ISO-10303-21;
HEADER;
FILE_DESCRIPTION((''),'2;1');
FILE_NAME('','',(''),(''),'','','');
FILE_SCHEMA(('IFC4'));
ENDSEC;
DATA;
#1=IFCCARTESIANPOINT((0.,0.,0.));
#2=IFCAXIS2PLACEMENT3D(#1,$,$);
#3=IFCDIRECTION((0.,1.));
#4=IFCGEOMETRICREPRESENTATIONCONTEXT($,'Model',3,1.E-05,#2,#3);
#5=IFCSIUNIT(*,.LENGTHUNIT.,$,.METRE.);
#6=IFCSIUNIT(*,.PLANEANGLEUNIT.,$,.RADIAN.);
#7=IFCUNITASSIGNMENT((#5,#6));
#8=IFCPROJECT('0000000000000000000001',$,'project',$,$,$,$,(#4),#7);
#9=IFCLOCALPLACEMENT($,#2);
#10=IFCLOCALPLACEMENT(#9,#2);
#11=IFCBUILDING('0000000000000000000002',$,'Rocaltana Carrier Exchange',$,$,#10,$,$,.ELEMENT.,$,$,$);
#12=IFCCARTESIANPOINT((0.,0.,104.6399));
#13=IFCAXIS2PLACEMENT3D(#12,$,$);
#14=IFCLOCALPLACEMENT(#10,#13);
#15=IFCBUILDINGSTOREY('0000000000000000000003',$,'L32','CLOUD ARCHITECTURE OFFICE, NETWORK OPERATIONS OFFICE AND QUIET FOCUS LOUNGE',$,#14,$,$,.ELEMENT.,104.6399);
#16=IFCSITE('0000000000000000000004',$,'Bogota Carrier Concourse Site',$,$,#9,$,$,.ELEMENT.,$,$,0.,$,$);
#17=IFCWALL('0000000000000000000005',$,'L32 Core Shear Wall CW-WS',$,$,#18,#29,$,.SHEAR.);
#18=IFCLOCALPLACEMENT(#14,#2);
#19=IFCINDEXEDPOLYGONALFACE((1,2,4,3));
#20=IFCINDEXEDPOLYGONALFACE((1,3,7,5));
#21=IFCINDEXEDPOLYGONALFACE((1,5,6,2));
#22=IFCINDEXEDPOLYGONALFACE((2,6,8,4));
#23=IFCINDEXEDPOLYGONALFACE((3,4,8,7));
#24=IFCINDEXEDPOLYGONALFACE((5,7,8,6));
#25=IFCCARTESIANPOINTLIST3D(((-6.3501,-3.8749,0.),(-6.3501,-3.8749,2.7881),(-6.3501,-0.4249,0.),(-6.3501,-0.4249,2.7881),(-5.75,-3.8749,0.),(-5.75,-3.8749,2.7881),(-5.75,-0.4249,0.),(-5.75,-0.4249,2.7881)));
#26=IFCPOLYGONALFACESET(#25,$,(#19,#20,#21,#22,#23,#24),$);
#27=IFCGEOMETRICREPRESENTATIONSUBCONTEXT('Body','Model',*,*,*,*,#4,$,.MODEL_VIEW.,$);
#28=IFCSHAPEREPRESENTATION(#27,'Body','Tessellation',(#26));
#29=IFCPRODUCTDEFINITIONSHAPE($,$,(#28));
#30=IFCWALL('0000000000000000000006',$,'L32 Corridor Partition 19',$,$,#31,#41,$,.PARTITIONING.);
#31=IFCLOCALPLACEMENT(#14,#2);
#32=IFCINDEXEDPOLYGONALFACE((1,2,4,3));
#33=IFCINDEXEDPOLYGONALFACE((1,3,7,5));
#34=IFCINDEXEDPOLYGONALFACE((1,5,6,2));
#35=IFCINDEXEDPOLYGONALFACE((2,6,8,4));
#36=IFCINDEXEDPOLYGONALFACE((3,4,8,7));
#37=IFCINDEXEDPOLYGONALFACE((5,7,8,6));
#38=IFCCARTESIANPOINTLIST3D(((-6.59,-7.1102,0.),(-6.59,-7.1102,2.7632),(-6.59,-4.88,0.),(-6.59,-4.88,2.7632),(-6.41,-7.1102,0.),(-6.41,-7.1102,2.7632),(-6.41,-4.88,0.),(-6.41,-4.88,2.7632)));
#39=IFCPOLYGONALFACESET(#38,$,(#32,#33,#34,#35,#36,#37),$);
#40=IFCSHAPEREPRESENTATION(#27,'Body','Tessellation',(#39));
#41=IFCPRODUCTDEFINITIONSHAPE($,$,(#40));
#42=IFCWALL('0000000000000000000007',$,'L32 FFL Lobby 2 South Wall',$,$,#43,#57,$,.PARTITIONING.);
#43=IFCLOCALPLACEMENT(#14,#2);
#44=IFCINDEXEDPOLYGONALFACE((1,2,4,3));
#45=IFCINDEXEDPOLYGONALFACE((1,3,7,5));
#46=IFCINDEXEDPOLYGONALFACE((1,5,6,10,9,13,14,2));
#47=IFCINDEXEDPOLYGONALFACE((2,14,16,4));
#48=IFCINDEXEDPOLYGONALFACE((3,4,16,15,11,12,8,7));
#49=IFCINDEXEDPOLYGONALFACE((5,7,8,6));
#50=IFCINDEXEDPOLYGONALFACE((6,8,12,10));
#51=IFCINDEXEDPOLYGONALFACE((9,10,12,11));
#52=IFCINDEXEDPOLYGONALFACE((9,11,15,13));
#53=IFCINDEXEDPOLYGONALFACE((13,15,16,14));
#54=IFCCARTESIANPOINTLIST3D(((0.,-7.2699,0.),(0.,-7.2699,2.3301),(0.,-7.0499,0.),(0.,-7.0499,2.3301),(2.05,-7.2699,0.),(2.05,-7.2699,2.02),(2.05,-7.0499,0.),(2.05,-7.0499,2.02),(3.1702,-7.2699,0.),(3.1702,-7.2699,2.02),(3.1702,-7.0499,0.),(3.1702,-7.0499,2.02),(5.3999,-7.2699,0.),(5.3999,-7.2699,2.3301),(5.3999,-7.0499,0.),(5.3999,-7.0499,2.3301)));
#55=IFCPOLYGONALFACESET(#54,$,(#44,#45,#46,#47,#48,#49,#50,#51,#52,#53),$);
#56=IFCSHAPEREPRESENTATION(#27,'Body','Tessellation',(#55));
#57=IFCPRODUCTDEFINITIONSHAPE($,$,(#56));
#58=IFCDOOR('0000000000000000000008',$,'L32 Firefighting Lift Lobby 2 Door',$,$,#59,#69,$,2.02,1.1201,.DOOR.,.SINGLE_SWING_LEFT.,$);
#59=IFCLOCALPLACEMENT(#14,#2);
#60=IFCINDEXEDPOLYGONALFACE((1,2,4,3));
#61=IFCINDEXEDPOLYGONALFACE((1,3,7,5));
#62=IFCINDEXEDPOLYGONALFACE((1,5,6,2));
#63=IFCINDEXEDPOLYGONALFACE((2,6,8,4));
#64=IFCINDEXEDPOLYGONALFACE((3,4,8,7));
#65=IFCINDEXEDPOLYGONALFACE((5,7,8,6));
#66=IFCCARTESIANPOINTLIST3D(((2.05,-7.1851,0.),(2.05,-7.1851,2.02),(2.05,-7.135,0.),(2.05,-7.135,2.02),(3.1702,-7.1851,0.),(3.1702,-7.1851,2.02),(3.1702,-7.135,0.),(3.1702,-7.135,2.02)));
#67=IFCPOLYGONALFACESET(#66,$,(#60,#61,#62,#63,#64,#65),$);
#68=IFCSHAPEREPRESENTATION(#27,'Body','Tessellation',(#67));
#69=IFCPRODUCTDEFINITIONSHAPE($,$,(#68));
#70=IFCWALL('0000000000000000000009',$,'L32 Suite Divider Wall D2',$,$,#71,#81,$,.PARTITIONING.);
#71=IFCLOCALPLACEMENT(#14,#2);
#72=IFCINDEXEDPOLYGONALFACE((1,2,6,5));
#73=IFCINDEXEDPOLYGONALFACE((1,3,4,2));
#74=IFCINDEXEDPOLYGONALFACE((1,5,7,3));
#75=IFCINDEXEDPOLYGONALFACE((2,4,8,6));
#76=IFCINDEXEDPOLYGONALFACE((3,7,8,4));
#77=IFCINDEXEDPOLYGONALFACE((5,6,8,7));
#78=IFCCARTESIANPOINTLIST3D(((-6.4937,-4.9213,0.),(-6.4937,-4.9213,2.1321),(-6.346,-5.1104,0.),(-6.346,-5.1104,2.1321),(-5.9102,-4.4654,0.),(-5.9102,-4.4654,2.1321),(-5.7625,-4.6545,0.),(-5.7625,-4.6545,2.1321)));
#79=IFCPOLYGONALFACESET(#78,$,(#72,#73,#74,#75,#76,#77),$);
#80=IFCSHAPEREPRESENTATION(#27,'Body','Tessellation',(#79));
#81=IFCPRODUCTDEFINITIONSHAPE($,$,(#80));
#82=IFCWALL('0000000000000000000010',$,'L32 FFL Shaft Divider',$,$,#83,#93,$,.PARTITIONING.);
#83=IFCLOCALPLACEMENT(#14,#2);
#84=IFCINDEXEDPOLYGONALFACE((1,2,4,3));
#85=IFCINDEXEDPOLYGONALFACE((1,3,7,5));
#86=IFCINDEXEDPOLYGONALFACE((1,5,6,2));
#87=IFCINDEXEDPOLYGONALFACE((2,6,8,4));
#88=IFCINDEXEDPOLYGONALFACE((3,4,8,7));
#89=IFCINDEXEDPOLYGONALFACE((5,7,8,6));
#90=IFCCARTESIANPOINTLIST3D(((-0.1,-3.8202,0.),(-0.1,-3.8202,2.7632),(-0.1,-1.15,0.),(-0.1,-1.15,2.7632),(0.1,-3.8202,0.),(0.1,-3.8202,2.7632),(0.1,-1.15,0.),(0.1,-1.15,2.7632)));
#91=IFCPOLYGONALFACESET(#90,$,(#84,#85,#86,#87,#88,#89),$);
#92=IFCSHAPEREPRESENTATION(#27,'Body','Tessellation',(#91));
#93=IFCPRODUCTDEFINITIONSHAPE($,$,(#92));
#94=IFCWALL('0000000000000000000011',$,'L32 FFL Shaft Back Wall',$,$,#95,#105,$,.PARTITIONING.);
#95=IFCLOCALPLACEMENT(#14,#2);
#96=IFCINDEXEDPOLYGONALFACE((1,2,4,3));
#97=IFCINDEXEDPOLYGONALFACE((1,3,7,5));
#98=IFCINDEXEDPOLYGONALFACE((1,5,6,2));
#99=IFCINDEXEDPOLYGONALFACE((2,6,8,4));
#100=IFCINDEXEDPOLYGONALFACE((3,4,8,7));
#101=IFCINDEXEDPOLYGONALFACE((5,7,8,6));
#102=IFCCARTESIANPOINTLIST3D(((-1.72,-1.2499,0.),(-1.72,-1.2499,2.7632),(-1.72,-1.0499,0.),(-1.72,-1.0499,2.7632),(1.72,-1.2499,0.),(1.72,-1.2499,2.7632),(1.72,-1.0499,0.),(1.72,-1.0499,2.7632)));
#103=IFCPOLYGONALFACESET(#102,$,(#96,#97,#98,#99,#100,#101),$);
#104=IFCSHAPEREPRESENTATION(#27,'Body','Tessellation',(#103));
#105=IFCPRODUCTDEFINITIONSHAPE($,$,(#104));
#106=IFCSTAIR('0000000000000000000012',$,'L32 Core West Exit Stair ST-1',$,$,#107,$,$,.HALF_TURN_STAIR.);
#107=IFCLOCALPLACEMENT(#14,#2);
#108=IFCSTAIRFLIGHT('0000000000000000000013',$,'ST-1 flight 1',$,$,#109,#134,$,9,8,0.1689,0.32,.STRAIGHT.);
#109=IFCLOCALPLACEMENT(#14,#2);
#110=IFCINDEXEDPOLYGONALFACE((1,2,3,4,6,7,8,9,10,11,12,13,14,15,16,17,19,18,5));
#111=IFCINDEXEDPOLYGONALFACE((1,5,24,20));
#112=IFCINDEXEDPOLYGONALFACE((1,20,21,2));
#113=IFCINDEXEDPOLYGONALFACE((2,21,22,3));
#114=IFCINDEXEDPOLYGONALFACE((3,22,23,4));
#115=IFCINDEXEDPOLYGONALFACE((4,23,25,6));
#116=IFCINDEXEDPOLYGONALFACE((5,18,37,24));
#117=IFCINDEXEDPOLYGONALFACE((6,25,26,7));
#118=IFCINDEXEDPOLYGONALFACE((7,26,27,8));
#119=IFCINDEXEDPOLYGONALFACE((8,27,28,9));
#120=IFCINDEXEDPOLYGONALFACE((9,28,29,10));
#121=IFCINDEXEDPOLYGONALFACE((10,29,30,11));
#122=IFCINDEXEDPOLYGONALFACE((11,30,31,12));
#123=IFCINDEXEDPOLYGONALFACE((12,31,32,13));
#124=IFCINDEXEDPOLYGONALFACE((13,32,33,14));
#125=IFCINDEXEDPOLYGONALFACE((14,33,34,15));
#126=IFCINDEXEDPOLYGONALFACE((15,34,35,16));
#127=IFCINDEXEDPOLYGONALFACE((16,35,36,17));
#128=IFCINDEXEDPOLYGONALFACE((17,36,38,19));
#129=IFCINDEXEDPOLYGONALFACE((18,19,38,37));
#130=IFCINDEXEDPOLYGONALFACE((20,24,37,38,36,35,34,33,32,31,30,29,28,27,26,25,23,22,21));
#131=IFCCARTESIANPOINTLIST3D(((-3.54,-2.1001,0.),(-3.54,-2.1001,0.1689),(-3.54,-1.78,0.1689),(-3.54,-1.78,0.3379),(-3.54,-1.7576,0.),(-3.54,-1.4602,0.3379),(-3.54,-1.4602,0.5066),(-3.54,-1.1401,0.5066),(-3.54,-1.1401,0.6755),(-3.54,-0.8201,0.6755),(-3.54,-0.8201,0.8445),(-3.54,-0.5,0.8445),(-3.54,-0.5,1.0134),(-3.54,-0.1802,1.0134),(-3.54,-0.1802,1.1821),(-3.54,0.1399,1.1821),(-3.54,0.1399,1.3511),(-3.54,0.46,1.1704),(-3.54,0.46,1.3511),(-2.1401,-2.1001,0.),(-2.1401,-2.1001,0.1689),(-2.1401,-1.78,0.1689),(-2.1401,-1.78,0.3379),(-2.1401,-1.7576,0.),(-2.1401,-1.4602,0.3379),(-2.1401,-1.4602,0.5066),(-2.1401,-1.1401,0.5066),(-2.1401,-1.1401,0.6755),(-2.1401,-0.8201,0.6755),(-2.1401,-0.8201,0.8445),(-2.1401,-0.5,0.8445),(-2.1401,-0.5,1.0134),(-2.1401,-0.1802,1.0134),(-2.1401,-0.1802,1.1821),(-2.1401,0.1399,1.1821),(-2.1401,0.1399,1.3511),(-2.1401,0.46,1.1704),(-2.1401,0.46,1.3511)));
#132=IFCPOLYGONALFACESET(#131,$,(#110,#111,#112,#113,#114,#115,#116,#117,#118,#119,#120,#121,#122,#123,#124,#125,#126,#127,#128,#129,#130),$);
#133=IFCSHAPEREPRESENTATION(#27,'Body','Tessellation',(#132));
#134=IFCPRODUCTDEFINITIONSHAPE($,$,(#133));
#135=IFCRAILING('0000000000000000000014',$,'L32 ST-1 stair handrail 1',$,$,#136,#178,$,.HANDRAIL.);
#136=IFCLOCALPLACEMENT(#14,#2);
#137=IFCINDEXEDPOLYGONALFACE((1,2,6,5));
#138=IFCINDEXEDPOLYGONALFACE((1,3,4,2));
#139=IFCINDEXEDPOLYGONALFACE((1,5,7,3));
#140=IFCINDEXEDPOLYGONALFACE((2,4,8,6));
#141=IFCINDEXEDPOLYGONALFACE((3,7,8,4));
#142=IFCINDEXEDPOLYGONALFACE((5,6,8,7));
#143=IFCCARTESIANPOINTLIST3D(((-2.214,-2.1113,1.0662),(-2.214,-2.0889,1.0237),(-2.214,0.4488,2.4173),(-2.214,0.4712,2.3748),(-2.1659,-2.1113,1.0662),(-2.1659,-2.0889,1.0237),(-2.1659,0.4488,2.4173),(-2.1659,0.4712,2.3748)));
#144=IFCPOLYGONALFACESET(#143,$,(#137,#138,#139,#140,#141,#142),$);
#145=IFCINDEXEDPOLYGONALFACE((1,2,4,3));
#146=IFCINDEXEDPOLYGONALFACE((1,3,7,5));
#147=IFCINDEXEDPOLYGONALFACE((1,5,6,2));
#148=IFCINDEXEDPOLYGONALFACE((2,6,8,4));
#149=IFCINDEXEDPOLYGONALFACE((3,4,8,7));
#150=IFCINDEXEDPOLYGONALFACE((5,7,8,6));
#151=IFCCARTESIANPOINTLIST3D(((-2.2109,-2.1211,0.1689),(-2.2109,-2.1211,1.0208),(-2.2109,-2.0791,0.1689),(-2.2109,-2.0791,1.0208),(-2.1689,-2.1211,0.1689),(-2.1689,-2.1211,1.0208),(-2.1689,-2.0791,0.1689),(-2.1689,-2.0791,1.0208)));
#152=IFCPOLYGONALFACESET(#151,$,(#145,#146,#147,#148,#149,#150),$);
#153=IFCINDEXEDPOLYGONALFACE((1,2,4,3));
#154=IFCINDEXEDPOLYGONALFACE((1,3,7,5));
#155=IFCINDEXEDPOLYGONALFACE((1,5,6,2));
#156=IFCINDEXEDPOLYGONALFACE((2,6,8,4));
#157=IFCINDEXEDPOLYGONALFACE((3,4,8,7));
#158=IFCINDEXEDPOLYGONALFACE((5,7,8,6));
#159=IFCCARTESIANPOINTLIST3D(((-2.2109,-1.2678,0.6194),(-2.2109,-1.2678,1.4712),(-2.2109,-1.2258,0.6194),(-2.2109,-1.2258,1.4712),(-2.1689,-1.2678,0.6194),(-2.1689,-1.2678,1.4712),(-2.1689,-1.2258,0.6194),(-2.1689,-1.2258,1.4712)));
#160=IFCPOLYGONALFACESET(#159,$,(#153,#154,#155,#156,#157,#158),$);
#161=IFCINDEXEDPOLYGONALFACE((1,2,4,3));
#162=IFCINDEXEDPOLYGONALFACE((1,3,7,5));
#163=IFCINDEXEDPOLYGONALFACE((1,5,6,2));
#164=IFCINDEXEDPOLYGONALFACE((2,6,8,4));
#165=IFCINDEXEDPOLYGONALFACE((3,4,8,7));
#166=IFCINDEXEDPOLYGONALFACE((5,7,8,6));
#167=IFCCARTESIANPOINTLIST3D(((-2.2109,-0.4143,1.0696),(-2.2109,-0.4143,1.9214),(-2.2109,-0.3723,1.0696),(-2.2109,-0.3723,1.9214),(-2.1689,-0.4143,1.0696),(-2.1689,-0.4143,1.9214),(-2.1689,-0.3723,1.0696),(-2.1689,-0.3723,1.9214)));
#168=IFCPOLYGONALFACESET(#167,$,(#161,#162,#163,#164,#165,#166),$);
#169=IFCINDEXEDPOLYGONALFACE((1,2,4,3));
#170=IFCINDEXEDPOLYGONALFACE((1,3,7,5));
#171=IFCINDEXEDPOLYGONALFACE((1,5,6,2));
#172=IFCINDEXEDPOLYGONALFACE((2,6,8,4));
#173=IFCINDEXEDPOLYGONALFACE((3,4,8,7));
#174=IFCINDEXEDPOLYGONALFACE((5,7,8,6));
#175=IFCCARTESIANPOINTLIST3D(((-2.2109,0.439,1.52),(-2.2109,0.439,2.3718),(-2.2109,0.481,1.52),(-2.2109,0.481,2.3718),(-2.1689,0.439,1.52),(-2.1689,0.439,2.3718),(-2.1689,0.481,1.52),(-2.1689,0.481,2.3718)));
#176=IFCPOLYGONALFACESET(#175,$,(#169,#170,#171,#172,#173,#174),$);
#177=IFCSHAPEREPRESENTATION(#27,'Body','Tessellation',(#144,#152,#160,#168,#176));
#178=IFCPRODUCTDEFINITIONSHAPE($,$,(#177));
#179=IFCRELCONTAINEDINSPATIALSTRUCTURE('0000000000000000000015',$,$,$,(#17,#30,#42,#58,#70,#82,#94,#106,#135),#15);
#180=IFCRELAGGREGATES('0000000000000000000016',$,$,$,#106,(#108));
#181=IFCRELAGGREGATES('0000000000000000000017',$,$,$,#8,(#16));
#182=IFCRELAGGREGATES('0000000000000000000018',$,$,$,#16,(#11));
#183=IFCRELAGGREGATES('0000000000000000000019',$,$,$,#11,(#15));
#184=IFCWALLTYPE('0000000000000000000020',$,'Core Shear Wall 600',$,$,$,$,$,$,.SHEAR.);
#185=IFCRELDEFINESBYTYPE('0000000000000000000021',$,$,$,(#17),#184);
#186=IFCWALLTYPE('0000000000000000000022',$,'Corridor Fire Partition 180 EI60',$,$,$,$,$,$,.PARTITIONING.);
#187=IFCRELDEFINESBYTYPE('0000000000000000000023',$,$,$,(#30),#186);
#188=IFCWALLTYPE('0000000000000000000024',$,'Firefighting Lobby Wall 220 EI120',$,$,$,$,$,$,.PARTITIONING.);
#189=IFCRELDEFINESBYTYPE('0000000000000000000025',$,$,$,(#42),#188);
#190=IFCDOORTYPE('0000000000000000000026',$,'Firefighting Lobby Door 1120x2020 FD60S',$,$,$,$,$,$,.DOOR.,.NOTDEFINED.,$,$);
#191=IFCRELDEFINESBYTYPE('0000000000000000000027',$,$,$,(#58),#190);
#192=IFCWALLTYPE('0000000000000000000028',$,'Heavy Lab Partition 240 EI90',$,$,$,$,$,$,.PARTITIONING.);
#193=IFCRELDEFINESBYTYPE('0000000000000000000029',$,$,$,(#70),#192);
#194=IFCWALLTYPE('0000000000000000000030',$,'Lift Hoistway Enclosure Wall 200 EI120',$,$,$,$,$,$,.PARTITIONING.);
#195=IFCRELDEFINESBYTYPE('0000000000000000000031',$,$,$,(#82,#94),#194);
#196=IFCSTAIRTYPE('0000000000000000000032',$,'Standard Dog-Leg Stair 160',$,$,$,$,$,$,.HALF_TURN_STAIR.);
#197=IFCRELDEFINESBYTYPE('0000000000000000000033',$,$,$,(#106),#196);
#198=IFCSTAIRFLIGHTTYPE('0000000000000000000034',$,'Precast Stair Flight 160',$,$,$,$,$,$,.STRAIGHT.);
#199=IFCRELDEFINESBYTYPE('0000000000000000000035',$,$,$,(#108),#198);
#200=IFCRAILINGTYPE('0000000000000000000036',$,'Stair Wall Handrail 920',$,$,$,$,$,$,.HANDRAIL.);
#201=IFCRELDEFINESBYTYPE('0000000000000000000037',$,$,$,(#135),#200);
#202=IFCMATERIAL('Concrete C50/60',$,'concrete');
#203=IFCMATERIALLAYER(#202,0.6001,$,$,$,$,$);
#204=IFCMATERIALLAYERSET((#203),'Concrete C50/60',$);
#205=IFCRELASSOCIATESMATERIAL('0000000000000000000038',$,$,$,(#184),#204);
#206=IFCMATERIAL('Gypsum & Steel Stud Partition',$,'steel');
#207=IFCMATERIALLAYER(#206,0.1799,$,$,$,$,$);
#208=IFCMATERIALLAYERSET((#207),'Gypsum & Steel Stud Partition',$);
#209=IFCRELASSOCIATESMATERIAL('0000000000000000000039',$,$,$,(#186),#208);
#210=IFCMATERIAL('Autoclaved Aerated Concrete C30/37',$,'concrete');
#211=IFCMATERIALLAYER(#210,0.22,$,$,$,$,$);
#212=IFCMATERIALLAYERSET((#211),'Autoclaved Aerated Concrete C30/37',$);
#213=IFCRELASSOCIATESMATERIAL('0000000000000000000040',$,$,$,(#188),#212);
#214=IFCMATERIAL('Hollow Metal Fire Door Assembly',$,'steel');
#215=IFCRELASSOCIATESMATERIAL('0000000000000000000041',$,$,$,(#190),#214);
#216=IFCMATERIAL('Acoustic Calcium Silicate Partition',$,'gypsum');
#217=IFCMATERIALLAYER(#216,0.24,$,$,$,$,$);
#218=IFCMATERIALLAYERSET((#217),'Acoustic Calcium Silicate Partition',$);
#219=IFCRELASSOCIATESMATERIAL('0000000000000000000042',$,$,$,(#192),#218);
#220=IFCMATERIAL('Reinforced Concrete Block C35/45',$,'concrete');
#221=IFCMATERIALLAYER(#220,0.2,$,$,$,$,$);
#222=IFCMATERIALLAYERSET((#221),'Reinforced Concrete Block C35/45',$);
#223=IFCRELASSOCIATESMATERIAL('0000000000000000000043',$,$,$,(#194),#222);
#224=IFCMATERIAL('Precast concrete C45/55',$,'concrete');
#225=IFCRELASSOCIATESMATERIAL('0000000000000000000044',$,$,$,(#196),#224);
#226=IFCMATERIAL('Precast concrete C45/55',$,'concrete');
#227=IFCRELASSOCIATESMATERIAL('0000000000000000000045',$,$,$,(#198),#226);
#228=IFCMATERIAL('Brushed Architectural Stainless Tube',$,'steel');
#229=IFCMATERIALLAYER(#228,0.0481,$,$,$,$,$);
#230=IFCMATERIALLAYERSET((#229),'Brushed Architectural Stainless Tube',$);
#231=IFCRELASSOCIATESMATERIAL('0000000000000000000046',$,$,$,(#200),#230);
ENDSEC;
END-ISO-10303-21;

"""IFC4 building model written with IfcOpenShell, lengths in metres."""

from ifc_helpers import new_model, si_unit, direction, frame, frame_2d, origin, origin_2d, place, context, subcontext, project, spatial, polyline, rectangle, outline, extrude, material, layer, layer_set, type_object, element, fill, aggregate, save


model = new_model("IFC4")

# Units and contexts
model_context = context("Model", 3, precision=1e-05, world=origin(), true_north=direction((0.0, 1.0)))
body_context = subcontext(model_context, "Body", "Model", "MODEL_VIEW")
ifc_project = project(units=[si_unit("LENGTHUNIT", "METRE"), si_unit("PLANEANGLEUNIT", "RADIAN")], contexts=[model_context])

# Site, building, storey
site_placement = place(None, origin())
site = spatial("IfcSite", under=ifc_project, at=site_placement, Name="Bogota Carrier Concourse Site", CompositionType="ELEMENT", RefElevation=0.0)
building_placement = place(site_placement, origin())
building = spatial("IfcBuilding", under=site, at=building_placement, Name="Rocaltana Carrier Exchange", CompositionType="ELEMENT")
storey_placement = place(building_placement, frame((0.0, 0.0, 104.6399)))
storey = spatial("IfcBuildingStorey", under=building, at=storey_placement, Name="L32", Description="CLOUD ARCHITECTURE OFFICE, NETWORK OPERATIONS OFFICE AND QUIET FOCUS LOUNGE", CompositionType="ELEMENT", Elevation=104.6399)

# Walls
ifc_material_1 = material(Name="Concrete C50/60", Category="concrete")
ifc_layer_1 = layer(ifc_material_1, 0.6001)
ifc_layer_set_1 = layer_set([ifc_layer_1], Name="Concrete C50/60")
wall_type_1 = type_object("IfcWallType", Name="Core Shear Wall 600", PredefinedType="SHEAR", material=ifc_layer_set_1)
wall_1_placement = place(storey_placement, frame((-6.05, -3.875, 0.0), z_axis=(0.0, 0.0, 1.0), x_axis=(0.0, 1.0, 0.0)))
element("IfcWall", 1, at=wall_1_placement, inside=storey, type_object=wall_type_1, Name="L32 Core Shear Wall CW-WS", PredefinedType="SHEAR", context=body_context, shape_type="SweptSolid", body=[
    extrude(rectangle(XDim=3.45, YDim=0.6001, at=frame_2d((1.7251, 0.0))), origin(), (0.0, 0.0, 1.0), 2.7881),
])
ifc_material_2 = material(Name="Gypsum & Steel Stud Partition", Category="steel")
ifc_layer_2 = layer(ifc_material_2, 0.1799)
ifc_layer_set_2 = layer_set([ifc_layer_2], Name="Gypsum & Steel Stud Partition")
wall_type_2 = type_object("IfcWallType", Name="Corridor Fire Partition 180 EI60", PredefinedType="PARTITIONING", material=ifc_layer_set_2)
wall_2_placement = place(storey_placement, frame((-6.5, -4.8799, 0.0), z_axis=(0.0, 0.0, 1.0), x_axis=(0.0, -1.0, 0.0)))
element("IfcWall", 2, at=wall_2_placement, inside=storey, type_object=wall_type_2, Name="L32 Corridor Partition 19", PredefinedType="PARTITIONING", context=body_context, shape_type="SweptSolid", body=[
    extrude(rectangle(XDim=2.2302, YDim=0.1799, at=frame_2d((1.1152, 0.0))), origin(), (0.0, 0.0, 1.0), 2.7632),
])

# Wall, opening, door
ifc_material_3 = material(Name="Autoclaved Aerated Concrete C30/37", Category="concrete")
ifc_layer_3 = layer(ifc_material_3, 0.22)
ifc_layer_set_3 = layer_set([ifc_layer_3], Name="Autoclaved Aerated Concrete C30/37")
wall_type_3 = type_object("IfcWallType", Name="Firefighting Lobby Wall 220 EI120", PredefinedType="PARTITIONING", material=ifc_layer_set_3)
wall_3_placement = place(storey_placement, frame((0.0, -7.1599, 0.0), z_axis=(0.0, 0.0, 1.0), x_axis=(1.0, 0.0, 0.0)))
wall_3 = element("IfcWall", 3, at=wall_3_placement, inside=storey, type_object=wall_type_3, Name="L32 FFL Lobby 2 South Wall", PredefinedType="PARTITIONING", context=body_context, shape_type="SweptSolid", body=[
    extrude(rectangle(XDim=5.3999, YDim=0.22, at=frame_2d((2.7, 0.0))), origin(), (0.0, 0.0, 1.0), 2.3301),
])
opening_1_placement = place(wall_3_placement, frame((2.05, 0.0, 0.0)))
opening_1 = element("IfcOpeningElement", 4, at=opening_1_placement, cuts=wall_3, PredefinedType="OPENING", context=body_context, shape_type="SweptSolid", body=[
    extrude(rectangle(XDim=1.1201, YDim=2.02, at=frame_2d((0.5601, 1.01))), frame((0.0, 0.1199, 0.0), z_axis=(0.0, -1.0, 0.0), x_axis=(1.0, 0.0, 0.0)), (0.0, 0.0, 1.0), 0.24),
])
ifc_material_4 = material(Name="Hollow Metal Fire Door Assembly", Category="steel")
door_type_1 = type_object("IfcDoorType", Name="Firefighting Lobby Door 1120x2020 FD60S", OperationType="NOTDEFINED", PredefinedType="DOOR", material=ifc_material_4)
door_1_placement = place(opening_1_placement, origin())
door_1 = element("IfcDoor", 5, at=door_1_placement, inside=storey, type_object=door_type_1, Name="L32 Firefighting Lift Lobby 2 Door", OperationType="SINGLE_SWING_LEFT", OverallHeight=2.02, OverallWidth=1.1201, PredefinedType="DOOR", context=body_context, shape_type="SweptSolid", body=[
    extrude(rectangle(XDim=1.1201, YDim=2.02, at=frame_2d((0.5601, 1.01))), frame((0.0, 0.0249, 0.0), z_axis=(0.0, -1.0, 0.0), x_axis=(1.0, 0.0, 0.0)), (0.0, 0.0, 1.0), 0.05),
])
fill(opening_1, door_1)

# Walls
ifc_material_5 = material(Name="Acoustic Calcium Silicate Partition", Category="gypsum")
ifc_layer_4 = layer(ifc_material_5, 0.24)
ifc_layer_set_4 = layer_set([ifc_layer_4], Name="Acoustic Calcium Silicate Partition")
wall_type_4 = type_object("IfcWallType", Name="Heavy Lab Partition 240 EI90", PredefinedType="PARTITIONING", material=ifc_layer_set_4)
wall_4_placement = place(storey_placement, frame((-5.8364, -4.5601, 0.0), z_axis=(0.0, 0.0, 1.0), x_axis=(-0.788054, -0.615606, 0.0)))
element("IfcWall", 6, at=wall_4_placement, inside=storey, type_object=wall_type_4, Name="L32 Suite Divider Wall D2", PredefinedType="PARTITIONING", context=body_context, shape_type="SweptSolid", body=[
    extrude(rectangle(XDim=0.7405, YDim=0.24, at=frame_2d((0.3701, 0.0))), origin(), (0.0, 0.0, 1.0), 2.1321),
])
ifc_material_6 = material(Name="Reinforced Concrete Block C35/45", Category="concrete")
ifc_layer_5 = layer(ifc_material_6, 0.2)
ifc_layer_set_5 = layer_set([ifc_layer_5], Name="Reinforced Concrete Block C35/45")
wall_type_5 = type_object("IfcWallType", Name="Lift Hoistway Enclosure Wall 200 EI120", PredefinedType="PARTITIONING", material=ifc_layer_set_5)
wall_5_placement = place(storey_placement, frame((0.0, -3.8201, 0.0), z_axis=(0.0, 0.0, 1.0), x_axis=(0.0, 1.0, 0.0)))
element("IfcWall", 7, at=wall_5_placement, inside=storey, type_object=wall_type_5, Name="L32 FFL Shaft Divider", PredefinedType="PARTITIONING", context=body_context, shape_type="SweptSolid", body=[
    extrude(rectangle(XDim=2.6702, YDim=0.2, at=frame_2d((1.335, 0.0))), origin(), (0.0, 0.0, 1.0), 2.7632),
])
wall_6_placement = place(storey_placement, frame((-1.72, -1.1499, 0.0), z_axis=(0.0, 0.0, 1.0), x_axis=(1.0, 0.0, 0.0)))
element("IfcWall", 8, at=wall_6_placement, inside=storey, type_object=wall_type_5, Name="L32 FFL Shaft Back Wall", PredefinedType="PARTITIONING", context=body_context, shape_type="SweptSolid", body=[
    extrude(rectangle(XDim=3.4399, YDim=0.2, at=frame_2d((1.72, 0.0))), origin(), (0.0, 0.0, 1.0), 2.7632),
])

# Stair, stair flight
ifc_material_7 = material(Name="Precast concrete C45/55", Category="concrete")
stair_type = type_object("IfcStairType", Name="Standard Dog-Leg Stair 160", PredefinedType="HALF_TURN_STAIR", material=ifc_material_7)
stair_placement = place(storey_placement, origin())
stair = element("IfcStair", 9, at=stair_placement, inside=storey, type_object=stair_type, Name="L32 Core West Exit Stair ST-1", PredefinedType="HALF_TURN_STAIR")
ifc_material_8 = material(Name="Precast concrete C45/55", Category="concrete")
stair_flight_type = type_object("IfcStairFlightType", Name="Precast Stair Flight 160", PredefinedType="STRAIGHT", material=ifc_material_8)
stair_flight_placement = place(storey_placement, frame((-2.8401, -2.1001, 0.0), z_axis=(0.0, 0.0, 1.0), x_axis=(0.0, 1.0, 0.0)))
stair_flight = element("IfcStairFlight", 10, at=stair_flight_placement, type_object=stair_flight_type, Name="ST-1 flight 1", NumberOfRisers=9, NumberOfTreads=8, PredefinedType="STRAIGHT", RiserHeight=0.1689, TreadLength=0.32, context=body_context, shape_type="SweptSolid", body=[
    extrude(outline(polyline([(0.0, 0.0), (0.0, 0.1689), (0.3201, 0.1689), (0.3201, 0.3379), (0.6399, 0.3379), (0.6399, 0.5066), (0.96, 0.5066), (0.96, 0.6755), (1.28, 0.6755), (1.28, 0.8445), (1.6001, 0.8445), (1.6001, 1.0134), (1.9199, 1.0134), (1.9199, 1.1821), (2.24, 1.1821), (2.24, 1.3511), (2.5601, 1.3511), (2.5601, 1.52), (2.5601, 1.1704), (0.3425, 0.0), (0.0, 0.0)])), frame((0.0, 0.7, 0.0), z_axis=(0.0, -1.0, 0.0), x_axis=(1.0, 0.0, 0.0)), (0.0, 0.0, 1.0), 1.3999),
])
aggregate(stair, [stair_flight])

# Railing
ifc_material_9 = material(Name="Brushed Architectural Stainless Tube", Category="steel")
ifc_layer_6 = layer(ifc_material_9, 0.0481)
ifc_layer_set_6 = layer_set([ifc_layer_6], Name="Brushed Architectural Stainless Tube")
railing_type_1 = type_object("IfcRailingType", Name="Stair Wall Handrail 920", PredefinedType="HANDRAIL", material=ifc_layer_set_6)
railing_1_placement = place(storey_placement, frame((-2.1899, -2.1001, 0.1689)))
element("IfcRailing", 11, at=railing_1_placement, inside=storey, type_object=railing_type_1, Name="L32 ST-1 stair handrail 1", PredefinedType="HANDRAIL", context=body_context, shape_type="SweptSolid", body=[
    extrude(rectangle(XDim=0.0481, YDim=0.0481, at=origin_2d()), frame((0.0, 0.0, 0.876), z_axis=(0.0, 0.884394, 0.46674), x_axis=(-1.0, 0.0, 0.0)), (0.0, 0.0, 1.0), 2.8948),
    extrude(rectangle(XDim=0.042, YDim=0.042, at=origin_2d()), origin(), (0.0, 0.0, 1.0), 0.8518),
    extrude(rectangle(XDim=0.042, YDim=0.042, at=origin_2d()), frame((0.0, 0.8533, 0.4504)), (0.0, 0.0, 1.0), 0.8518),
    extrude(rectangle(XDim=0.042, YDim=0.042, at=origin_2d()), frame((0.0, 1.7068, 0.9006)), (0.0, 0.0, 1.0), 0.8518),
    extrude(rectangle(XDim=0.042, YDim=0.042, at=origin_2d()), frame((0.0, 2.5601, 1.3511)), (0.0, 0.0, 1.0), 0.8518),
])

save(model, "model.ifc")
